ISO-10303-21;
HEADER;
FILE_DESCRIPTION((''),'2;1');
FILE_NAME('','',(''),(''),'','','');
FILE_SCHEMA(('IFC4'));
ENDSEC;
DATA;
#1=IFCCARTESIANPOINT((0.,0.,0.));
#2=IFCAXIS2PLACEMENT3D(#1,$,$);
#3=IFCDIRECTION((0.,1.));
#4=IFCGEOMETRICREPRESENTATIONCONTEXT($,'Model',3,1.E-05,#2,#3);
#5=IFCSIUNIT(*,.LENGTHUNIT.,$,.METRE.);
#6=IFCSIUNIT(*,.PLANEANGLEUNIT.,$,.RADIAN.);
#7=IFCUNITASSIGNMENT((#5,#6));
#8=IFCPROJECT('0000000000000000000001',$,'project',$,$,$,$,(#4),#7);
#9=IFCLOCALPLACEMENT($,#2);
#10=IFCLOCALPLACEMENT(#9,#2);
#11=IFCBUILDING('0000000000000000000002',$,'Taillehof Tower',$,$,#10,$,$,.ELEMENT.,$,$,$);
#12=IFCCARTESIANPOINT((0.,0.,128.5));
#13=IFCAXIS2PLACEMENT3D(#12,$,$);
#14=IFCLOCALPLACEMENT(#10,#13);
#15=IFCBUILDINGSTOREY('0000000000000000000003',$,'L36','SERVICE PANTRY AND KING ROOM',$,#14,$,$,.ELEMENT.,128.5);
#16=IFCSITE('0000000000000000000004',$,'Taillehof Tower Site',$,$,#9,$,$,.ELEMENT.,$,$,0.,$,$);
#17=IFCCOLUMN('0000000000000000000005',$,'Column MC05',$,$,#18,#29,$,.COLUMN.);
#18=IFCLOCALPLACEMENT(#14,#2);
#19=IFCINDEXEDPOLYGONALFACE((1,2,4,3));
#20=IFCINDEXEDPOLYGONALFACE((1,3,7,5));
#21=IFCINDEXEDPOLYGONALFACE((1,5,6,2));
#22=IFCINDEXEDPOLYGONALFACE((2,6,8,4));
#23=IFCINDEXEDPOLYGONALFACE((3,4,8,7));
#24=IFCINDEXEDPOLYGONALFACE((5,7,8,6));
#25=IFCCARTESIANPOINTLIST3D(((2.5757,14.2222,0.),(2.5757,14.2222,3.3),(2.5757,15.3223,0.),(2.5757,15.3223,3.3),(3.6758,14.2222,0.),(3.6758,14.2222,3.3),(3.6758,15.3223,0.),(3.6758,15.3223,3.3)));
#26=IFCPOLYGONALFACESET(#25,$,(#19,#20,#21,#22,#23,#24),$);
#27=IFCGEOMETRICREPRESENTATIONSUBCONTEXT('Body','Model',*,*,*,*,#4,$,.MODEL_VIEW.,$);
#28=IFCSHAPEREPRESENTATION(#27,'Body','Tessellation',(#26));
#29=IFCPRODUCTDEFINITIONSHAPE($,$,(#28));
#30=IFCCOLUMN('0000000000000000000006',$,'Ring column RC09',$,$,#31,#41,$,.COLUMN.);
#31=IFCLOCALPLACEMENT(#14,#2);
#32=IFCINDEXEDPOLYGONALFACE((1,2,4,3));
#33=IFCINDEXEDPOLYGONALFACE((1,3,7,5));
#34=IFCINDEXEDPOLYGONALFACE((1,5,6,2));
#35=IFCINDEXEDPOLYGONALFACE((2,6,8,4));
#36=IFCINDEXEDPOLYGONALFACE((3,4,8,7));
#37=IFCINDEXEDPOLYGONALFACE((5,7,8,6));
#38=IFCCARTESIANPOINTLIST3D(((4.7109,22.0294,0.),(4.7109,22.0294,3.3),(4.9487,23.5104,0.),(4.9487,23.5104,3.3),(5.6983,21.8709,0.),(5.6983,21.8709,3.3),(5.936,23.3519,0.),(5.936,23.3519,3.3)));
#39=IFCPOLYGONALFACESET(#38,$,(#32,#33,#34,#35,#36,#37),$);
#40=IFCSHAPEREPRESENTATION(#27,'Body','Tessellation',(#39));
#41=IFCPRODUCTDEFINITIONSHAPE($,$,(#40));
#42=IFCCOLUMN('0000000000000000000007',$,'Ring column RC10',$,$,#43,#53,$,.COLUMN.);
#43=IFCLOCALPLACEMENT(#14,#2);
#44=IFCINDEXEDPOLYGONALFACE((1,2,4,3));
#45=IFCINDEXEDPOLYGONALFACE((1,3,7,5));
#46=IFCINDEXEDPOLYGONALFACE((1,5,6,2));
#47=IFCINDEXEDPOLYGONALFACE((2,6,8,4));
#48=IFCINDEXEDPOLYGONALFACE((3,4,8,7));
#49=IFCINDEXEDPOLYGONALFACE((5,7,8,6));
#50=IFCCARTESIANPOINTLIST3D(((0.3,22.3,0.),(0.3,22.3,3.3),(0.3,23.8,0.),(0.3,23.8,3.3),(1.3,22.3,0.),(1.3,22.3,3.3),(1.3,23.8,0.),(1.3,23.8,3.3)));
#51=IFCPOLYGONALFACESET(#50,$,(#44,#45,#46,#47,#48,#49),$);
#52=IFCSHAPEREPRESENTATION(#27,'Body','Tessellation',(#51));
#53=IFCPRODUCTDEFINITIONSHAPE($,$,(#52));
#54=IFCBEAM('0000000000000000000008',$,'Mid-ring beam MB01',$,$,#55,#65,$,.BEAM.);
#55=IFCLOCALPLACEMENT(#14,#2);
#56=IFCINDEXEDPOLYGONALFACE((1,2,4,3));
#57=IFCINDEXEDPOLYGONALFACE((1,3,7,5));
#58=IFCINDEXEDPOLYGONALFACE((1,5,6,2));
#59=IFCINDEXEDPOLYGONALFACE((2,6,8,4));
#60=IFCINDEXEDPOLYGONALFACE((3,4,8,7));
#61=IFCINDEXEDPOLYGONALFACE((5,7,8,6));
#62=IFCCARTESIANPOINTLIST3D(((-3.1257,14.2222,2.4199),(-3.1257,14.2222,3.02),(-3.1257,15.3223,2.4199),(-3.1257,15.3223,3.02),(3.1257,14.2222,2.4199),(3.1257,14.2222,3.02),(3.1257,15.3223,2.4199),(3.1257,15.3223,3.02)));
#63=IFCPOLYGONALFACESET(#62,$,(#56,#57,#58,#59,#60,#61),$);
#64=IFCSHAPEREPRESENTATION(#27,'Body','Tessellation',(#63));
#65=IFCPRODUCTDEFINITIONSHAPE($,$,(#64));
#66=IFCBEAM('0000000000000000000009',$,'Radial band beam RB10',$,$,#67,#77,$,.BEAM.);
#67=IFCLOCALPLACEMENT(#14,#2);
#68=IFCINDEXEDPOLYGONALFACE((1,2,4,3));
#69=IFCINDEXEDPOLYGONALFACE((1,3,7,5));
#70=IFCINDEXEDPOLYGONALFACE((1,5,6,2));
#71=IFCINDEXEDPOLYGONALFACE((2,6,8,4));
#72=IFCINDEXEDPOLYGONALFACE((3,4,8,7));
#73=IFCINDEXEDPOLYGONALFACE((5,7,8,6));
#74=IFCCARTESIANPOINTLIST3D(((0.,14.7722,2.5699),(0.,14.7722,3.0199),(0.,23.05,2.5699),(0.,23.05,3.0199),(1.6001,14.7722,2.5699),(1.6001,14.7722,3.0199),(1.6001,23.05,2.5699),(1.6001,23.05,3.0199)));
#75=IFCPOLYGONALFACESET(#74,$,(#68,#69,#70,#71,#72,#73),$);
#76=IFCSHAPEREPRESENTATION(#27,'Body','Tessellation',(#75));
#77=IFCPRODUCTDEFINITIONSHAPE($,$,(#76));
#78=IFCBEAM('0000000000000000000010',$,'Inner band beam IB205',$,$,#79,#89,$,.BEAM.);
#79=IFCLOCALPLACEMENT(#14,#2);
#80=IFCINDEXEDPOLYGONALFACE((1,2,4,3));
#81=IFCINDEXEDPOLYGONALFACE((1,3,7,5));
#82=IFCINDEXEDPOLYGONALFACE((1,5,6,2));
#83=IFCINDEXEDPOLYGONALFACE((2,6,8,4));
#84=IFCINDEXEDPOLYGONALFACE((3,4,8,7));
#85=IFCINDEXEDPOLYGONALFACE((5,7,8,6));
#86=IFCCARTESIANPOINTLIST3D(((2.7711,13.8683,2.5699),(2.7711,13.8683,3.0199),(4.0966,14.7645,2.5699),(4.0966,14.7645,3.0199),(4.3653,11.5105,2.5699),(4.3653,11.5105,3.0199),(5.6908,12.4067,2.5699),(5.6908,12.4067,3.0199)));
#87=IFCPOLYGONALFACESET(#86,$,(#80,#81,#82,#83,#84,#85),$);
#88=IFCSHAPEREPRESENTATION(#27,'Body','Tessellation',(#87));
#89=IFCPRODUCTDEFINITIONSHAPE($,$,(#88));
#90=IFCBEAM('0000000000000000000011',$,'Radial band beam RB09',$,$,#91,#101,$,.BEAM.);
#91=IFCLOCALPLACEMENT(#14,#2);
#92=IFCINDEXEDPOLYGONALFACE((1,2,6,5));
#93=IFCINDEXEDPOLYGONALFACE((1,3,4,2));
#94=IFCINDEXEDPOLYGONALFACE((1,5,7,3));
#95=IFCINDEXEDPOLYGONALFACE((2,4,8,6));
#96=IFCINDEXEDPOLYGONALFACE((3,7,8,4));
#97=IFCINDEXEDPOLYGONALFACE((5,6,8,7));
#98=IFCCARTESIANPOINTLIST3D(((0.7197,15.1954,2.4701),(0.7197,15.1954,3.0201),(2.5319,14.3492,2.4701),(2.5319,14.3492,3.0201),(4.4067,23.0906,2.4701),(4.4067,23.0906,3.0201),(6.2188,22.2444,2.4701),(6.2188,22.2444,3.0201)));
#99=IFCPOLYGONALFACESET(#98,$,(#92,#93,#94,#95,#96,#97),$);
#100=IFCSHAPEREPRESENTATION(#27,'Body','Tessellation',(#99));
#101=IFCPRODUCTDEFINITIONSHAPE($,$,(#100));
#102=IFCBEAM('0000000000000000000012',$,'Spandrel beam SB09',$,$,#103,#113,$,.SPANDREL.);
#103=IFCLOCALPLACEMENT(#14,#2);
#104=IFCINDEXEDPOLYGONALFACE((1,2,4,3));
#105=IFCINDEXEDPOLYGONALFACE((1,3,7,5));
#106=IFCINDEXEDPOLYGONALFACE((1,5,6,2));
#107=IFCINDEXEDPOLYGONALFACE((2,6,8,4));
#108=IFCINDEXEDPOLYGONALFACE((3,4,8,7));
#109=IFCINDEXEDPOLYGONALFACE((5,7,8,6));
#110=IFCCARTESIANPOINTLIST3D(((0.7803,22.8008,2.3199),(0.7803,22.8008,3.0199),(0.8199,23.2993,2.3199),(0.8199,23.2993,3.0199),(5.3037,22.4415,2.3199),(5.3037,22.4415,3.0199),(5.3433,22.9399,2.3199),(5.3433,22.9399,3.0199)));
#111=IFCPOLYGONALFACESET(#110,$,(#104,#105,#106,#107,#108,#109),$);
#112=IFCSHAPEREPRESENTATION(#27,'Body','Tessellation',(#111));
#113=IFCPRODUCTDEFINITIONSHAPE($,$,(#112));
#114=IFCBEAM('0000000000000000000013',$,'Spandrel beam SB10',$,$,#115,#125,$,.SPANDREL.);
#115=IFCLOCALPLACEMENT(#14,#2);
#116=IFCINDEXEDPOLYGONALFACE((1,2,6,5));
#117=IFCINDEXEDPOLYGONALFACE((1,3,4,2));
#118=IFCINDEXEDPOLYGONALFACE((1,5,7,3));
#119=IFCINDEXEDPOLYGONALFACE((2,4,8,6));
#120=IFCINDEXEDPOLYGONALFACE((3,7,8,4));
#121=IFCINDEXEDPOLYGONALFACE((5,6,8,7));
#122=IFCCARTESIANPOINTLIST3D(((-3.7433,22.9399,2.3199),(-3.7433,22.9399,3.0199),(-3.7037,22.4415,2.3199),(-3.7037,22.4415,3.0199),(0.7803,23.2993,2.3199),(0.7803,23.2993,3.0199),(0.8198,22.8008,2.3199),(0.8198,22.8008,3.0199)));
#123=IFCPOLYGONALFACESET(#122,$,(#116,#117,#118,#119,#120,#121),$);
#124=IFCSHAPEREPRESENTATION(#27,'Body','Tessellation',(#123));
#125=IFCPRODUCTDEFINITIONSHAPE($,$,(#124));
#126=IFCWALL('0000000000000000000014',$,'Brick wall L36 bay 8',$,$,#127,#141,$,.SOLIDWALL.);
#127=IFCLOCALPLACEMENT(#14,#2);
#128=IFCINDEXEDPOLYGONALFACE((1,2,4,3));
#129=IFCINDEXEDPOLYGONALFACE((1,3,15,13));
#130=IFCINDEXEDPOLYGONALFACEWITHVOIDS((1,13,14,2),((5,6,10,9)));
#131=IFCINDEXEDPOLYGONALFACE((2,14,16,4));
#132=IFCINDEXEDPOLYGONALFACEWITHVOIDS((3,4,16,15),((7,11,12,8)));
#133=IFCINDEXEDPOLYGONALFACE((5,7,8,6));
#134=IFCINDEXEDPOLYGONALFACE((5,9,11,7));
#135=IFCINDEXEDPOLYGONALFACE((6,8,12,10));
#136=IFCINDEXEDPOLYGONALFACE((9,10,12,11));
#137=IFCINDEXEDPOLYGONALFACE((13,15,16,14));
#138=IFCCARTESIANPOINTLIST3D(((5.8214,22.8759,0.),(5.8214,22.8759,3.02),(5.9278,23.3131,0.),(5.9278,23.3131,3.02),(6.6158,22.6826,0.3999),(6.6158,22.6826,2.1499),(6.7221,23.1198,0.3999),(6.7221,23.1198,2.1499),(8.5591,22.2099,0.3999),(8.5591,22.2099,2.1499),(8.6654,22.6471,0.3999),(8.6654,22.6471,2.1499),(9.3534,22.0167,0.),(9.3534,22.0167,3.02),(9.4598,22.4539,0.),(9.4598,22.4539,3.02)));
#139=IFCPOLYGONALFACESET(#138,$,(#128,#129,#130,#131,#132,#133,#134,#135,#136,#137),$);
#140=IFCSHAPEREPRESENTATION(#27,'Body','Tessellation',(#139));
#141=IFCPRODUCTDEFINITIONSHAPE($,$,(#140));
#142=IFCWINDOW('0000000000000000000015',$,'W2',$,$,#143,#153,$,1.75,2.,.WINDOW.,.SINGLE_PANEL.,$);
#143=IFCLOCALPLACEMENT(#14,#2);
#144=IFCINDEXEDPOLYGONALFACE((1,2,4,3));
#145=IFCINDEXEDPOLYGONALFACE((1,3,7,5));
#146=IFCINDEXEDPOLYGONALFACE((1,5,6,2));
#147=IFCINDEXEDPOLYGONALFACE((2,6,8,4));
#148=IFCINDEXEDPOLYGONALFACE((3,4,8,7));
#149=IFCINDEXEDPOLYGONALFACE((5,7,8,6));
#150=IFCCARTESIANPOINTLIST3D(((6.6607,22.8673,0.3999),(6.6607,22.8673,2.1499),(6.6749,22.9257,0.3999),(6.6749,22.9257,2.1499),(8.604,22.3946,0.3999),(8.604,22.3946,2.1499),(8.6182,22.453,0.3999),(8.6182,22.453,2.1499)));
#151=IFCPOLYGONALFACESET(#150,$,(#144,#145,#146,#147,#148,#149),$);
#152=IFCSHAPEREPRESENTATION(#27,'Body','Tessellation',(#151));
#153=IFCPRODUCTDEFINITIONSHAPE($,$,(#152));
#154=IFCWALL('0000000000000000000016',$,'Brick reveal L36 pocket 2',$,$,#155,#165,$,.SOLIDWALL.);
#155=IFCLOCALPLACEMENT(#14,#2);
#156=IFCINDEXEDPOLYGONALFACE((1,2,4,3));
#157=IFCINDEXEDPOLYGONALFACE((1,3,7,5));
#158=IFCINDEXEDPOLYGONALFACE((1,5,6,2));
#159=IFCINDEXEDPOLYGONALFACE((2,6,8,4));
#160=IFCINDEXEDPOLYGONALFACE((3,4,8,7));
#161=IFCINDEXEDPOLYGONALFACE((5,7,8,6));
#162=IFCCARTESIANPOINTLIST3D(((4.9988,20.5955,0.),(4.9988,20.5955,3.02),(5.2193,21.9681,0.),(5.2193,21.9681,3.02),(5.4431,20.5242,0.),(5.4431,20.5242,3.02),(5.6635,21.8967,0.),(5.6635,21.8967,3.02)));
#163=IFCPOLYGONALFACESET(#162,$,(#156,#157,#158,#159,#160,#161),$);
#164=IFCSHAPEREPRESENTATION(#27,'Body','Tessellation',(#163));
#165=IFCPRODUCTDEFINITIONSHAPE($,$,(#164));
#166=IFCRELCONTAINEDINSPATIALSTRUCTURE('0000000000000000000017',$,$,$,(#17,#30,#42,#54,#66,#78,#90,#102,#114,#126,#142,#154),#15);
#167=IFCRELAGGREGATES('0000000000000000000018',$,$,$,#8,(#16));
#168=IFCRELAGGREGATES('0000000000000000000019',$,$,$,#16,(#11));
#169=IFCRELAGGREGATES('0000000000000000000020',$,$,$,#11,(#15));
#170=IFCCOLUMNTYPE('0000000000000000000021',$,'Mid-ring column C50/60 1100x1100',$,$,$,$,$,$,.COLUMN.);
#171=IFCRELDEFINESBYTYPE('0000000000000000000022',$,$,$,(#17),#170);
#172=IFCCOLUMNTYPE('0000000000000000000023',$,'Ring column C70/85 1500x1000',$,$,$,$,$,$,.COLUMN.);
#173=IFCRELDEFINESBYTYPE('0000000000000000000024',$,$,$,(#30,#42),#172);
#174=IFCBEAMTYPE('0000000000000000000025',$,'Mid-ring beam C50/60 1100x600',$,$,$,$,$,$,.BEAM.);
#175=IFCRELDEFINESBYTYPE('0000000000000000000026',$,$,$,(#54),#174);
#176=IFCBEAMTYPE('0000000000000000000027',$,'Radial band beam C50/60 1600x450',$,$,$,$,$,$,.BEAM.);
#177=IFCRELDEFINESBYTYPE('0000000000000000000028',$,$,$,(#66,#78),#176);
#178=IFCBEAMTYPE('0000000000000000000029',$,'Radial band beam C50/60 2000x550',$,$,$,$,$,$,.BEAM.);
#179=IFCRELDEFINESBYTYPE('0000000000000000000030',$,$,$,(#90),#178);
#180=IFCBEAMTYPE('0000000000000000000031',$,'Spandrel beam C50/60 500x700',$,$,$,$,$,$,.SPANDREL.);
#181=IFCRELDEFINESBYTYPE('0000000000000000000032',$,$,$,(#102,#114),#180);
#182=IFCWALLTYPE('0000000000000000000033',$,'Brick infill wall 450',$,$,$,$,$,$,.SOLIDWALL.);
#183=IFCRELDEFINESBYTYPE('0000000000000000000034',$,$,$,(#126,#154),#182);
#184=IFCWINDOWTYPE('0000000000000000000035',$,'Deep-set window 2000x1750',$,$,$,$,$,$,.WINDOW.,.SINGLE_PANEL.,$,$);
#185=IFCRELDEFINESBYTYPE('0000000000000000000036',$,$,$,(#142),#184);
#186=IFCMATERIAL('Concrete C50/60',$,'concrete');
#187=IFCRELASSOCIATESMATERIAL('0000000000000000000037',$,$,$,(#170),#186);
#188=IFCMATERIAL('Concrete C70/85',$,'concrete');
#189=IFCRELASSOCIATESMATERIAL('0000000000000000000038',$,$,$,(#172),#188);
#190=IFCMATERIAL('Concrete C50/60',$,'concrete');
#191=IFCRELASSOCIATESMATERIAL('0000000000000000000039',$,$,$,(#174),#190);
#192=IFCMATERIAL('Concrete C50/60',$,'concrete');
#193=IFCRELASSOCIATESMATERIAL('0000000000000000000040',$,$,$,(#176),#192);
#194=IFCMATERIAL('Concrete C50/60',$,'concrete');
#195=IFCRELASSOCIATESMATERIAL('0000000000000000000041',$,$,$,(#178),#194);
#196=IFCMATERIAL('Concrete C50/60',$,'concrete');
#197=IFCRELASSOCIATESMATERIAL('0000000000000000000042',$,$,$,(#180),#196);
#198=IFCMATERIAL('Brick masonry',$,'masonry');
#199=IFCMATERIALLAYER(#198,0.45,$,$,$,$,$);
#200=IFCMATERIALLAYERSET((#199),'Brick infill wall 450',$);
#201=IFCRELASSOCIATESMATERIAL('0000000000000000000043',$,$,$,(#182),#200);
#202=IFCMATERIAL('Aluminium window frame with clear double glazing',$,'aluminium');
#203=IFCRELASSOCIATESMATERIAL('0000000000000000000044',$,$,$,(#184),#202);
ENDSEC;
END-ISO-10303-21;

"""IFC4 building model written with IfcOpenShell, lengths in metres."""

from ifc_helpers import new_model, si_unit, direction, frame, frame_2d, origin, origin_2d, place, context, subcontext, project, spatial, rectangle, extrude, material, layer, layer_set, material_profile, profile_set, type_object, element, fill, save


model = new_model("IFC4")

# Units and contexts
model_context = context("Model", 3, precision=1e-05, world=origin(), true_north=direction((0.0, 1.0)))
body_context = subcontext(model_context, "Body", "Model", "MODEL_VIEW")
ifc_project = project(units=[si_unit("LENGTHUNIT", "METRE"), si_unit("PLANEANGLEUNIT", "RADIAN")], contexts=[model_context])

# Site, building, storey
site_placement = place(None, origin())
site = spatial("IfcSite", under=ifc_project, at=site_placement, Name="Taillehof Tower Site", CompositionType="ELEMENT", RefElevation=0.0)
building_placement = place(site_placement, origin())
building = spatial("IfcBuilding", under=site, at=building_placement, Name="Taillehof Tower", CompositionType="ELEMENT")
storey_placement = place(building_placement, frame((0.0, 0.0, 128.5)))
storey = spatial("IfcBuildingStorey", under=building, at=storey_placement, Name="L36", Description="SERVICE PANTRY AND KING ROOM", CompositionType="ELEMENT", Elevation=128.5)

# Columns
ifc_material_1 = material(Name="Concrete C50/60", Category="concrete")
ifc_material_profile_1 = material_profile(ifc_material_1, rectangle(XDim=1.1001, YDim=1.1001, at=origin_2d()), Name="RC 1100x1100")
ifc_profile_set_1 = profile_set([ifc_material_profile_1], Name="Concrete C50/60")
column_type_1 = type_object("IfcColumnType", Name="Mid-ring column C50/60 1100x1100", PredefinedType="COLUMN", material=ifc_profile_set_1)
column_placement = place(storey_placement, frame((3.1257, 14.7722, 0.0), z_axis=(0.0, 0.0, 1.0), x_axis=(1.0, 0.0, 0.0)))
element("IfcColumn", 1, at=column_placement, inside=storey, type_object=column_type_1, Name="Column MC05", PredefinedType="COLUMN", context=body_context, shape_type="SweptSolid", body=[
    extrude(rectangle(XDim=1.1001, YDim=1.1001, at=origin_2d()), origin(), (0.0, 0.0, 1.0), 3.3),
])
ifc_material_2 = material(Name="Concrete C70/85", Category="concrete")
ifc_material_profile_2 = material_profile(ifc_material_2, rectangle(XDim=1.5, YDim=1.0, at=origin_2d()), Name="RC 1500x1000")
ifc_profile_set_2 = profile_set([ifc_material_profile_2], Name="Concrete C70/85")
column_type_2 = type_object("IfcColumnType", Name="Ring column C70/85 1500x1000", PredefinedType="COLUMN", material=ifc_profile_set_2)
for number, where, z_axis, x_axis, name in (
    (2, (5.3235, 22.6907, 0.0), (0.0, 0.0, 1.0), (0.158507, 0.987358, 0.0), "Ring column RC09"),
    (3, (0.8, 23.05, 0.0), (0.0, 0.0, 1.0), (0.0, 1.0, 0.0), "Ring column RC10"),
):
    element("IfcColumn", number, at=place(storey_placement, frame(where, z_axis=z_axis, x_axis=x_axis)), inside=storey, type_object=column_type_2, Name=name, PredefinedType="COLUMN", context=body_context, shape_type="SweptSolid", body=[
        extrude(rectangle(XDim=1.5, YDim=1.0, at=origin_2d()), origin(), (0.0, 0.0, 1.0), 3.3),
    ])

# Beams
ifc_material_3 = material(Name="Concrete C50/60", Category="concrete")
ifc_material_profile_3 = material_profile(ifc_material_3, rectangle(XDim=1.1001, YDim=0.6001, at=origin_2d()), Name="RC 1100x600")
ifc_profile_set_3 = profile_set([ifc_material_profile_3], Name="Concrete C50/60")
beam_type_1 = type_object("IfcBeamType", Name="Mid-ring beam C50/60 1100x600", PredefinedType="BEAM", material=ifc_profile_set_3)
beam_1_placement = place(storey_placement, frame((3.1257, 14.7722, 2.72), z_axis=(-1.0, 0.0, 0.0), x_axis=(0.0, -1.0, 0.0)))
element("IfcBeam", 4, at=beam_1_placement, inside=storey, type_object=beam_type_1, Name="Mid-ring beam MB01", PredefinedType="BEAM", context=body_context, shape_type="SweptSolid", body=[
    extrude(rectangle(XDim=1.1001, YDim=0.6001, at=origin_2d()), origin(), (0.0, 0.0, 1.0), 6.2515),
])
ifc_material_4 = material(Name="Concrete C50/60", Category="concrete")
ifc_material_profile_4 = material_profile(ifc_material_4, rectangle(XDim=1.6001, YDim=0.45, at=origin_2d()), Name="RC 1600x450")
ifc_profile_set_4 = profile_set([ifc_material_profile_4], Name="Concrete C50/60")
beam_type_2 = type_object("IfcBeamType", Name="Radial band beam C50/60 1600x450", PredefinedType="BEAM", material=ifc_profile_set_4)
beam_2_placement = place(storey_placement, frame((0.8, 23.05, 2.7949), z_axis=(0.0, -1.0, 0.0), x_axis=(1.0, 0.0, 0.0)))
element("IfcBeam", 5, at=beam_2_placement, inside=storey, type_object=beam_type_2, Name="Radial band beam RB10", PredefinedType="BEAM", context=body_context, shape_type="SweptSolid", body=[
    extrude(rectangle(XDim=1.6001, YDim=0.45, at=origin_2d()), origin(), (0.0, 0.0, 1.0), 8.2778),
])
beam_3_placement = place(storey_placement, frame((3.4338, 14.3164, 2.7949), z_axis=(0.560112, -0.828417, 0.0), x_axis=(0.828417, 0.560112, 0.0)))
element("IfcBeam", 6, at=beam_3_placement, inside=storey, type_object=beam_type_2, Name="Inner band beam IB205", PredefinedType="BEAM", context=body_context, shape_type="SweptSolid", body=[
    extrude(rectangle(XDim=1.6001, YDim=0.45, at=origin_2d()), origin(), (0.0, 0.0, 1.0), 2.8462),
])
ifc_material_5 = material(Name="Concrete C50/60", Category="concrete")
ifc_material_profile_5 = material_profile(ifc_material_5, rectangle(XDim=2.0, YDim=0.55, at=origin_2d()), Name="RC 2000x550")
ifc_profile_set_5 = profile_set([ifc_material_profile_5], Name="Concrete C50/60")
beam_type_3 = type_object("IfcBeamType", Name="Radial band beam C50/60 2000x550", PredefinedType="BEAM", material=ifc_profile_set_5)
beam_4_placement = place(storey_placement, frame((5.3127, 22.6675, 2.7451), z_axis=(-0.423126, -0.906071, 0.0), x_axis=(0.906071, -0.423126, 0.0)))
element("IfcBeam", 7, at=beam_4_placement, inside=storey, type_object=beam_type_3, Name="Radial band beam RB09", PredefinedType="BEAM", context=body_context, shape_type="SweptSolid", body=[
    extrude(rectangle(XDim=2.0, YDim=0.55, at=origin_2d()), origin(), (0.0, 0.0, 1.0), 8.7136),
])
ifc_material_6 = material(Name="Concrete C50/60", Category="concrete")
ifc_material_profile_6 = material_profile(ifc_material_6, rectangle(XDim=0.5, YDim=0.7, at=origin_2d()), Name="RC 500x700")
ifc_profile_set_6 = profile_set([ifc_material_profile_6], Name="Concrete C50/60")
beam_type_4 = type_object("IfcBeamType", Name="Spandrel beam C50/60 500x700", PredefinedType="SPANDREL", material=ifc_profile_set_6)
beam_5_placement = place(storey_placement, frame((5.3235, 22.6907, 2.6699), z_axis=(-0.996859, 0.079198, 0.0), x_axis=(-0.079198, -0.996859, 0.0)))
element("IfcBeam", 8, at=beam_5_placement, inside=storey, type_object=beam_type_4, Name="Spandrel beam SB09", PredefinedType="SPANDREL", context=body_context, shape_type="SweptSolid", body=[
    extrude(rectangle(XDim=0.5, YDim=0.7, at=origin_2d()), origin(), (0.0, 0.0, 1.0), 4.5376),
])
beam_6_placement = place(storey_placement, frame((0.8, 23.05, 2.6699), z_axis=(-0.996859, -0.079194, 0.0), x_axis=(0.079194, -0.996859, 0.0)))
element("IfcBeam", 9, at=beam_6_placement, inside=storey, type_object=beam_type_4, Name="Spandrel beam SB10", PredefinedType="SPANDREL", context=body_context, shape_type="SweptSolid", body=[
    extrude(rectangle(XDim=0.5, YDim=0.7, at=origin_2d()), origin(), (0.0, 0.0, 1.0), 4.5378),
])

# Wall, opening, window
ifc_material_7 = material(Name="Brick masonry", Category="masonry")
ifc_layer_1 = layer(ifc_material_7, 0.45)
ifc_layer_set_1 = layer_set([ifc_layer_1], Name="Brick infill wall 450")
wall_type_1 = type_object("IfcWallType", Name="Brick infill wall 450", PredefinedType="SOLIDWALL", material=ifc_layer_set_1)
wall_1_placement = place(storey_placement, frame((9.4065, 22.2354, 0.0), z_axis=(0.0, 0.0, 1.0), x_axis=(-0.971668, 0.236352, 0.0)))
wall_1 = element("IfcWall", 10, at=wall_1_placement, inside=storey, type_object=wall_type_1, Name="Brick wall L36 bay 8", PredefinedType="SOLIDWALL", context=body_context, shape_type="SweptSolid", body=[
    extrude(rectangle(XDim=3.635, YDim=0.45, at=frame_2d((1.8174, 0.0))), origin(), (0.0, 0.0, 1.0), 3.02),
])
opening_1_placement = place(wall_1_placement, frame((0.8174, 0.0, 0.3999)))
opening_1 = element("IfcOpeningElement", 11, at=opening_1_placement, cuts=wall_1, PredefinedType="OPENING", context=body_context, shape_type="SweptSolid", body=[
    extrude(rectangle(XDim=2.0, YDim=1.75, at=frame_2d((1.0, 0.875))), frame((0.0, 0.2349, 0.0), z_axis=(0.0, -1.0, 0.0), x_axis=(1.0, 0.0, 0.0)), (0.0, 0.0, 1.0), 0.47),
])
ifc_material_8 = material(Name="Aluminium window frame with clear double glazing", Category="aluminium")
window_type_1 = type_object("IfcWindowType", Name="Deep-set window 2000x1750", PartitioningType="SINGLE_PANEL", PredefinedType="WINDOW", material=ifc_material_8)
window_1_placement = place(opening_1_placement, origin())
window_1 = element("IfcWindow", 12, at=window_1_placement, inside=storey, type_object=window_type_1, Name="W2", OverallHeight=1.75, OverallWidth=2.0, PartitioningType="SINGLE_PANEL", PredefinedType="WINDOW", context=body_context, shape_type="SweptSolid", body=[
    extrude(rectangle(XDim=2.0, YDim=1.75, at=frame_2d((1.0, 0.875))), frame((0.0, 0.0349, 0.0), z_axis=(0.0, -1.0, 0.0), x_axis=(1.0, 0.0, 0.0)), (0.0, 0.0, 1.0), 0.0601),
])
fill(opening_1, window_1)

# Wall
wall_2_placement = place(storey_placement, frame((5.4414, 21.9324, 0.0), z_axis=(0.0, 0.0, 1.0), x_axis=(-0.158586, -0.987345, 0.0)))
element("IfcWall", 13, at=wall_2_placement, inside=storey, type_object=wall_type_1, Name="Brick reveal L36 pocket 2", PredefinedType="SOLIDWALL", context=body_context, shape_type="SweptSolid", body=[
    extrude(rectangle(XDim=1.3901, YDim=0.45, at=frame_2d((0.6951, 0.0))), origin(), (0.0, 0.0, 1.0), 3.02),
])

save(model, "model.ifc")
